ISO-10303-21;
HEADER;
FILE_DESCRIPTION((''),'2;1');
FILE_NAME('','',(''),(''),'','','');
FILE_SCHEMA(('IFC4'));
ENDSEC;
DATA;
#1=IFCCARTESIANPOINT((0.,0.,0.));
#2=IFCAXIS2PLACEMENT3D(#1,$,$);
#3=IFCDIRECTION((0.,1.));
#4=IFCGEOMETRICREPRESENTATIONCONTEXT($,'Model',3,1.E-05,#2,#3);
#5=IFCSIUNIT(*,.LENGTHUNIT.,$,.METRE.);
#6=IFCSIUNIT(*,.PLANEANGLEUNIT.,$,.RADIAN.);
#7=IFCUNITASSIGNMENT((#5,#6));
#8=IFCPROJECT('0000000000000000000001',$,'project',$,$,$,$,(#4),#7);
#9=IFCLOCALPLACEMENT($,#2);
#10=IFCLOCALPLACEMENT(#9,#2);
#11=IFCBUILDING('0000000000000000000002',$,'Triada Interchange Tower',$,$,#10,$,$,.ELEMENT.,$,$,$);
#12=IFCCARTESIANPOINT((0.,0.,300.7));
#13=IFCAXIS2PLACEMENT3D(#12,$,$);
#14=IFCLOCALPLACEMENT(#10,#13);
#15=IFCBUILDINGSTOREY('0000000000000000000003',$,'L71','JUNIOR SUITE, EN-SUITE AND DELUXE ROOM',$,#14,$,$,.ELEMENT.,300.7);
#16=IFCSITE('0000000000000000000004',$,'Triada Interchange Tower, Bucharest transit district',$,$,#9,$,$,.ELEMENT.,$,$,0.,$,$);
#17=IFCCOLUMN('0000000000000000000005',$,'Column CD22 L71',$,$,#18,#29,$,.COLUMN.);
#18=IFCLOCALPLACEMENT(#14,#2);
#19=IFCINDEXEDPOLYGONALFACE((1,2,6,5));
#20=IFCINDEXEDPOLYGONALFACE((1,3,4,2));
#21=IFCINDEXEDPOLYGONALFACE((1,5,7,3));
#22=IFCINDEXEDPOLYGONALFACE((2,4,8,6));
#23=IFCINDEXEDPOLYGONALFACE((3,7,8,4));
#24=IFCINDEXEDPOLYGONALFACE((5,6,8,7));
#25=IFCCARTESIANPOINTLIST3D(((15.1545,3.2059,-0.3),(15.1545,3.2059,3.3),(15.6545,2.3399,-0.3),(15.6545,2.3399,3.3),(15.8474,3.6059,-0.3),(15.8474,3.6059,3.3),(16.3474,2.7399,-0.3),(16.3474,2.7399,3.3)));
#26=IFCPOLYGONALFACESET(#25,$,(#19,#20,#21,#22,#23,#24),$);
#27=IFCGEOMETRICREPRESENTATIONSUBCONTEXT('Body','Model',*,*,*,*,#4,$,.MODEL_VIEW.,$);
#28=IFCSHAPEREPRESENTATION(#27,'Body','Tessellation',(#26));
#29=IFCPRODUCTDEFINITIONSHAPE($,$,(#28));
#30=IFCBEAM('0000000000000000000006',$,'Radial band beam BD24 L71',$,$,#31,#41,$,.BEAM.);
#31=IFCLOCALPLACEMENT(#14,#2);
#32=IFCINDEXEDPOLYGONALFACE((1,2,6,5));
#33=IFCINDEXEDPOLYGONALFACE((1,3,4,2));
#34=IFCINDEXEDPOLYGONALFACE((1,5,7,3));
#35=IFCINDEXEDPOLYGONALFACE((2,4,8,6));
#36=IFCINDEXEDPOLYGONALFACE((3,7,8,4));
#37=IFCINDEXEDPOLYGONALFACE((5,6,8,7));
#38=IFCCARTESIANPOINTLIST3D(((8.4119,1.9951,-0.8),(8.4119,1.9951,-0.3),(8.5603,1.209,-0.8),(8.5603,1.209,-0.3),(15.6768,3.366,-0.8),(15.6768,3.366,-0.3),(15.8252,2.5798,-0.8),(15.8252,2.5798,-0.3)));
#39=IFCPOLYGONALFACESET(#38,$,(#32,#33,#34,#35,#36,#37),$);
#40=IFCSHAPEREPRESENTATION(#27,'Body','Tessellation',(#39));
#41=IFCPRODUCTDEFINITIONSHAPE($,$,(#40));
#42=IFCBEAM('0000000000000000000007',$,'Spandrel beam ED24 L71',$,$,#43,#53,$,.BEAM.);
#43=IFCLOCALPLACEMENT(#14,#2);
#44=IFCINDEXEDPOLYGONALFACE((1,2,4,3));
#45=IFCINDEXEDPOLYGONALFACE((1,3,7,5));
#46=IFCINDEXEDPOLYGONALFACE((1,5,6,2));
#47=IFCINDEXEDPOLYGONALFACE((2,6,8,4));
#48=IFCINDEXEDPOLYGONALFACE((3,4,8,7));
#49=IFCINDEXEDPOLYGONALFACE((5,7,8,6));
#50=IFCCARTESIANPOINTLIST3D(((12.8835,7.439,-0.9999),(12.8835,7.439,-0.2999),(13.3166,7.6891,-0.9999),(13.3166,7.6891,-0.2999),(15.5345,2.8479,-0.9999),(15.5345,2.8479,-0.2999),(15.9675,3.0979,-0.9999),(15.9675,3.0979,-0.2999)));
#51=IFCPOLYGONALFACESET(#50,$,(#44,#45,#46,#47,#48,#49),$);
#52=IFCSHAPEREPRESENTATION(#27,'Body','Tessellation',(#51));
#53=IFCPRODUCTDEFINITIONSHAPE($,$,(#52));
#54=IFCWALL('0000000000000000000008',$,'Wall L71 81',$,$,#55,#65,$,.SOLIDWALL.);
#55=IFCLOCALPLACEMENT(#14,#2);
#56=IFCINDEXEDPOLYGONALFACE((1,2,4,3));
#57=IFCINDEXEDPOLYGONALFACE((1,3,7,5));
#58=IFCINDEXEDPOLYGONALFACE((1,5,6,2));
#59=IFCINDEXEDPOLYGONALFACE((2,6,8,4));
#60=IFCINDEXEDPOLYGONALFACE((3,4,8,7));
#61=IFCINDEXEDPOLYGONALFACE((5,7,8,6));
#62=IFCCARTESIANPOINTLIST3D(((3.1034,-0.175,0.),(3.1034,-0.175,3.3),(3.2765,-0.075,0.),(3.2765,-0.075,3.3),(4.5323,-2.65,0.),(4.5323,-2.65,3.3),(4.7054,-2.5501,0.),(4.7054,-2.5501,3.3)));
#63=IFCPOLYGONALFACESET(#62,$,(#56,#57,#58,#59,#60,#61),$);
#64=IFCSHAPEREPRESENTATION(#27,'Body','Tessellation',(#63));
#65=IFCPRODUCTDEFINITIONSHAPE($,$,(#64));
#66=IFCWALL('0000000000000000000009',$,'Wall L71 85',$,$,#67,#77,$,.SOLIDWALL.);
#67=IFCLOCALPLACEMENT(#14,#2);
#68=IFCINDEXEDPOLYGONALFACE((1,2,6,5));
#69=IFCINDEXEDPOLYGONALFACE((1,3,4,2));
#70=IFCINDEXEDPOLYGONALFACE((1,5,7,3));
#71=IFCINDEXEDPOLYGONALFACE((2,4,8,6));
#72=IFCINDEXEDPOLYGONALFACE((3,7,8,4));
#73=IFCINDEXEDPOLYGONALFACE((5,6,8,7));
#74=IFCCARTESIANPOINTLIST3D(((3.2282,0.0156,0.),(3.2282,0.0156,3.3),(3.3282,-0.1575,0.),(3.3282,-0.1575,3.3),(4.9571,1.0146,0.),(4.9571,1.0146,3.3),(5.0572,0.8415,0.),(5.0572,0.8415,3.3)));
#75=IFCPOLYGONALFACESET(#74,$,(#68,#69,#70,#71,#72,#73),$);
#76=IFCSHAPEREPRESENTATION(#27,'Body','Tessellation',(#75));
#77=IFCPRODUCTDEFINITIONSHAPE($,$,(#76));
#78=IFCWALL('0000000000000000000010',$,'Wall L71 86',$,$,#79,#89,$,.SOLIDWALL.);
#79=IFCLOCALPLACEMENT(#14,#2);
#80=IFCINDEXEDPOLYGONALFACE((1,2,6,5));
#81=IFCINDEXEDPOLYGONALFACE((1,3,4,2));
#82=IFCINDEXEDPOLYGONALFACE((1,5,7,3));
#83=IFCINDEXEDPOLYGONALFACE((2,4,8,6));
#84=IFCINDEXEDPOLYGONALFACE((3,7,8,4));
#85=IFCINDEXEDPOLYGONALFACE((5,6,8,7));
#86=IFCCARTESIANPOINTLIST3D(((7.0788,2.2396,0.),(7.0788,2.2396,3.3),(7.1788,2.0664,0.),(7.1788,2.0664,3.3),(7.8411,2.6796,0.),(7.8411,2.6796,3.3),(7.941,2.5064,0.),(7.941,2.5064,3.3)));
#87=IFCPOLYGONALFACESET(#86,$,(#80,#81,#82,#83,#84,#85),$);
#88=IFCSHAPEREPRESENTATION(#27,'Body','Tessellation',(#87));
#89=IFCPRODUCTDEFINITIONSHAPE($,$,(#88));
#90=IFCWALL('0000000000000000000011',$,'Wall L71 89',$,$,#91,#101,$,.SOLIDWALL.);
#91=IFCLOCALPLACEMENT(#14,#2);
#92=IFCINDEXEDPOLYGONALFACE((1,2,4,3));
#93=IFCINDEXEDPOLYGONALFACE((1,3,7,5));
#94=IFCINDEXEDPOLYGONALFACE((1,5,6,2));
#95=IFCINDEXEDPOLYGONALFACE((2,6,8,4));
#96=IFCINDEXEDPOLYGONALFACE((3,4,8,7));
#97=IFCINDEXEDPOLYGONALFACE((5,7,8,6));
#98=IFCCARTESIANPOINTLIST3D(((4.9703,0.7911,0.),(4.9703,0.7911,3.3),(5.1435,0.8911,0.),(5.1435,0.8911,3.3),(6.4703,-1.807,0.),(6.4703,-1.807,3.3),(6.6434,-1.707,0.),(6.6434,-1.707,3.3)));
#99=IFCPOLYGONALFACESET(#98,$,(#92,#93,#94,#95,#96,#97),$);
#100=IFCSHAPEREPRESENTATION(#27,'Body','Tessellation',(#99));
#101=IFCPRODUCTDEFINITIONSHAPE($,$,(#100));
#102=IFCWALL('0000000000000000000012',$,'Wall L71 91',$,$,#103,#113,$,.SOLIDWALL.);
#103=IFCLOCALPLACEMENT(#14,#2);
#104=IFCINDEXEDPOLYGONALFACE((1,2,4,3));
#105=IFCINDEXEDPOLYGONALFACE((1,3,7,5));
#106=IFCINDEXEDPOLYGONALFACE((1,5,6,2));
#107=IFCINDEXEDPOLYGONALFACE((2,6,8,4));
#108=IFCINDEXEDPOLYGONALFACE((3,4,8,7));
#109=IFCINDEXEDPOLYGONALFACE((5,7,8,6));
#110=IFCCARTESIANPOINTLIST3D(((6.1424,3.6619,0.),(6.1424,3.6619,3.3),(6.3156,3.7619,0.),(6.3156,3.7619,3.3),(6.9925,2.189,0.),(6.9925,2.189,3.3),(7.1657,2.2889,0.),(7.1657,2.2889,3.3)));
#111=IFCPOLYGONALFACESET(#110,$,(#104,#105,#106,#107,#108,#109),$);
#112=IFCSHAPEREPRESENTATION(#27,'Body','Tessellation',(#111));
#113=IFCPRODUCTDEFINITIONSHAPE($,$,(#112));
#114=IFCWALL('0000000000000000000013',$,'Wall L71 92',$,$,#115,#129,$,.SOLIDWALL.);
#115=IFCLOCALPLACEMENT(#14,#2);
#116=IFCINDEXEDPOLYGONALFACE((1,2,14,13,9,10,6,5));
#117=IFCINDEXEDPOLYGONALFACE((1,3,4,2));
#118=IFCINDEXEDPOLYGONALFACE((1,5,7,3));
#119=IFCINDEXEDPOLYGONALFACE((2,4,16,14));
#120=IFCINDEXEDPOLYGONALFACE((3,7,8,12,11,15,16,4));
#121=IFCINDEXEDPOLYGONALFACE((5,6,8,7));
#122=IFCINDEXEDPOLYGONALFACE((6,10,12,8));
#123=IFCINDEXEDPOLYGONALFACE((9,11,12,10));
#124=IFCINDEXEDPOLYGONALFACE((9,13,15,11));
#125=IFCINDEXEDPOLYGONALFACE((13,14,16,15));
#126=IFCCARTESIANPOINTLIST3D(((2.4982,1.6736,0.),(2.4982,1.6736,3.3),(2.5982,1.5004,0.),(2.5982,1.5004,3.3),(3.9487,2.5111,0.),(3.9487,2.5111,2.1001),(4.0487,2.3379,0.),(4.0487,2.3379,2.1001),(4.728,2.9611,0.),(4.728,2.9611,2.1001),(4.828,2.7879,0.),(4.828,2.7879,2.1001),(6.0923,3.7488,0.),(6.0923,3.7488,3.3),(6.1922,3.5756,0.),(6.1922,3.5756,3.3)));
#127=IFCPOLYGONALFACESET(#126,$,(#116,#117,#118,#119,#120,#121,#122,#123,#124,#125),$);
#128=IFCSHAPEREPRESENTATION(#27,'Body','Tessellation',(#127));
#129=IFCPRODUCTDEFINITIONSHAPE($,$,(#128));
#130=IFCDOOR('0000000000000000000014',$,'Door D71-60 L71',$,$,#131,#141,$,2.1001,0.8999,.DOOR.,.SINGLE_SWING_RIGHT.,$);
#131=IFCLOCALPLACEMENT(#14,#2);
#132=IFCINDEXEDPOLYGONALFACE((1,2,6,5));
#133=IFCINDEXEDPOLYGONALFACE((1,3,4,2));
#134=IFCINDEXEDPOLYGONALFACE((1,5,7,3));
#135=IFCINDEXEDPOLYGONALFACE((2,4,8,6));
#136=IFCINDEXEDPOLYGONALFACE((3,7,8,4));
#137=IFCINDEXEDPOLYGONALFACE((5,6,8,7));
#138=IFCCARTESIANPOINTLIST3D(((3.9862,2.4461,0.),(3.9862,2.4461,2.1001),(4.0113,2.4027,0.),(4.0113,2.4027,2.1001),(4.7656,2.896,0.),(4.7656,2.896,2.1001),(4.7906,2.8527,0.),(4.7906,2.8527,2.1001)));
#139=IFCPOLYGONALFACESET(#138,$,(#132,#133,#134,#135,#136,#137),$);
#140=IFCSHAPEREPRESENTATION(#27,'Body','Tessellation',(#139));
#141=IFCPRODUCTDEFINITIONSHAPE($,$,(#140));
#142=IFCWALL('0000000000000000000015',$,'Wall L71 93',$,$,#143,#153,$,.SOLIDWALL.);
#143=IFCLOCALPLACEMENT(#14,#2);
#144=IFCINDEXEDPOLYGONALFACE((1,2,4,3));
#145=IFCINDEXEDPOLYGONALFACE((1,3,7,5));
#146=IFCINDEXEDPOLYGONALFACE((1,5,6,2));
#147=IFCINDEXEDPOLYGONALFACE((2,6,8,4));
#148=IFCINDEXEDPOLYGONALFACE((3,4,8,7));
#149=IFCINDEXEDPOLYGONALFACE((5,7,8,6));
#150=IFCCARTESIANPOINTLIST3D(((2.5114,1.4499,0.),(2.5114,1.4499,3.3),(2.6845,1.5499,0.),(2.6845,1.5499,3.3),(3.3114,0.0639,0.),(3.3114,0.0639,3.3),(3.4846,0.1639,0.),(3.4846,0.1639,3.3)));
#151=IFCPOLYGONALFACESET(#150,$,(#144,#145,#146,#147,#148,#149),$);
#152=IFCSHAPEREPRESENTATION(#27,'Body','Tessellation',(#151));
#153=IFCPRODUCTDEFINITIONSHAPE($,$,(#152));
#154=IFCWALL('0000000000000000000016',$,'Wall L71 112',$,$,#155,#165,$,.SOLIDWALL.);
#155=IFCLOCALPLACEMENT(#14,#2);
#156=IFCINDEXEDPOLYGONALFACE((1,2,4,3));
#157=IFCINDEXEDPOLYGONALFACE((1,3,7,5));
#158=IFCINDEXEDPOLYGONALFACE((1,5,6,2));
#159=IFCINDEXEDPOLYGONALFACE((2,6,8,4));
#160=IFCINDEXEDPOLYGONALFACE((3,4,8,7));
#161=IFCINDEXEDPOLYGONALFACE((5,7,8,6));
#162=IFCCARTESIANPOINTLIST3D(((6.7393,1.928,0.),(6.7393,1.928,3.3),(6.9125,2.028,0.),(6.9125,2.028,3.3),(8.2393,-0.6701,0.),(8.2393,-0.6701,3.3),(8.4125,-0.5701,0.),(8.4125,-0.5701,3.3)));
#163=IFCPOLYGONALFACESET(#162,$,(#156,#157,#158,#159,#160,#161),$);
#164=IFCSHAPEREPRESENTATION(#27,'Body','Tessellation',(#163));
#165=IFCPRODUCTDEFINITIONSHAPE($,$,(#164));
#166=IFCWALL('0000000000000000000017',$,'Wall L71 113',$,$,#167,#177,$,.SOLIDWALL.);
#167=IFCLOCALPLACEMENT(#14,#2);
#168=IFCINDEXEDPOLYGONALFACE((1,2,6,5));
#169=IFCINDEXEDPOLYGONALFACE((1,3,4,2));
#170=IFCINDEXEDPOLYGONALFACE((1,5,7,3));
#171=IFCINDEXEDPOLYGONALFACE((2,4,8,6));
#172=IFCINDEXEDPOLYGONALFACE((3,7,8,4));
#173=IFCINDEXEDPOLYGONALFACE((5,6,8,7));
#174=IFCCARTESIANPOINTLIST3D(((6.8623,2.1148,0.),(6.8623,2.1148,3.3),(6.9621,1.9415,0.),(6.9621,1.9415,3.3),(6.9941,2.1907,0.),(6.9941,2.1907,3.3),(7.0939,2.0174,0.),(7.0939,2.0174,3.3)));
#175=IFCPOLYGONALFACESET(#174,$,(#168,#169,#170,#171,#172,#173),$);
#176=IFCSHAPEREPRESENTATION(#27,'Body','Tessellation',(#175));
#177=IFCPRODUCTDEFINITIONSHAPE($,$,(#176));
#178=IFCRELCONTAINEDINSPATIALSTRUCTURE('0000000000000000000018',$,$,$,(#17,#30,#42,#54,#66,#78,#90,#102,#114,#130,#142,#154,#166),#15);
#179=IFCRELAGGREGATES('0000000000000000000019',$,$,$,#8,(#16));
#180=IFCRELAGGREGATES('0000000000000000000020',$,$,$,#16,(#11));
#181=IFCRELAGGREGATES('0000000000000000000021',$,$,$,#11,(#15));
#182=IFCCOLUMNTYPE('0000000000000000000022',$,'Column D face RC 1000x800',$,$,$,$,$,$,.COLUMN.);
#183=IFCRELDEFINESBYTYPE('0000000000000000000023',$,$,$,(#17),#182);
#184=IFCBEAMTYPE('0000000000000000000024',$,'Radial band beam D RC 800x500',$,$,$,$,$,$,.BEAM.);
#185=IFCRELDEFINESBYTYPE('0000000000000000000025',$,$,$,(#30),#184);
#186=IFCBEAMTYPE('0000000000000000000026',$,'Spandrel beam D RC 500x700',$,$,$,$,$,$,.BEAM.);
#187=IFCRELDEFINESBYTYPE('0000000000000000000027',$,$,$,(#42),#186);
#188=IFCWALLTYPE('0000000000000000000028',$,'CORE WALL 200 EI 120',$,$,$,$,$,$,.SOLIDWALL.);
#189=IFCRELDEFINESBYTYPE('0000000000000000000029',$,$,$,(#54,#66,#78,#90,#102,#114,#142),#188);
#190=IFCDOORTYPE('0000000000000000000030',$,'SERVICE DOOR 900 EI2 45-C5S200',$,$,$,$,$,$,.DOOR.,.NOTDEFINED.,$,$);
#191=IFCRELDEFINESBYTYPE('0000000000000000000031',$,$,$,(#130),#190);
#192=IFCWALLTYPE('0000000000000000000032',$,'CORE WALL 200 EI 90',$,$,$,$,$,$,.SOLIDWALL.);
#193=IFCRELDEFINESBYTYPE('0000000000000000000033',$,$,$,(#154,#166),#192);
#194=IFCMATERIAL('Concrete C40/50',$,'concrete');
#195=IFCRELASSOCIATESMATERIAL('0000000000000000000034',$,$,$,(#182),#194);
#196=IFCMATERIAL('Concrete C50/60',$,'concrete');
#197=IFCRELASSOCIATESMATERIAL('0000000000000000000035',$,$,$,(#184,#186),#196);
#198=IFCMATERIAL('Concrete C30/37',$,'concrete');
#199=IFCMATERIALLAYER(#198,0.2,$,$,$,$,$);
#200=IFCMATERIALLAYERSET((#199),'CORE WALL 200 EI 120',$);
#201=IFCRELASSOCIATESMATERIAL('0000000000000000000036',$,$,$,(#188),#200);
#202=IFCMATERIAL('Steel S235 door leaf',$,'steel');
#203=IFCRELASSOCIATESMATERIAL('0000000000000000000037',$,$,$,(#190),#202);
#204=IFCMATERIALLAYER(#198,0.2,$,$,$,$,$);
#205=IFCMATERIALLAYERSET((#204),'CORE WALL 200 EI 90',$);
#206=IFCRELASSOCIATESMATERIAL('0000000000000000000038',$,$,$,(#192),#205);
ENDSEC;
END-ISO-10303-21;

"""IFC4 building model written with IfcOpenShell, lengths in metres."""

from ifc_helpers import new_model, si_unit, direction, frame, frame_2d, origin, origin_2d, place, context, subcontext, project, spatial, rectangle, extrude, material, layer, layer_set, material_profile, profile_set, type_object, element, fill, save


model = new_model("IFC4")

# Units and contexts
model_context = context("Model", 3, precision=1e-05, world=origin(), true_north=direction((0.0, 1.0)))
body_context = subcontext(model_context, "Body", "Model", "MODEL_VIEW")
ifc_project = project(units=[si_unit("LENGTHUNIT", "METRE"), si_unit("PLANEANGLEUNIT", "RADIAN")], contexts=[model_context])

# Site, building, storey
site_placement = place(None, origin())
site = spatial("IfcSite", under=ifc_project, at=site_placement, Name="Triada Interchange Tower, Bucharest transit district", CompositionType="ELEMENT", RefElevation=0.0)
building_placement = place(site_placement, origin())
building = spatial("IfcBuilding", under=site, at=building_placement, Name="Triada Interchange Tower", CompositionType="ELEMENT")
storey_placement = place(building_placement, frame((0.0, 0.0, 300.7)))
storey = spatial("IfcBuildingStorey", under=building, at=storey_placement, Name="L71", Description="JUNIOR SUITE, EN-SUITE AND DELUXE ROOM", CompositionType="ELEMENT", Elevation=300.7)

# Column
ifc_material_1 = material(Name="Concrete C40/50", Category="concrete")
ifc_material_profile_1 = material_profile(ifc_material_1, rectangle(XDim=1.0, YDim=0.8, at=origin_2d()), Name="RC 1000x800")
ifc_profile_set_1 = profile_set([ifc_material_profile_1], Name="Concrete C40/50")
column_type = type_object("IfcColumnType", Name="Column D face RC 1000x800", PredefinedType="COLUMN", material=ifc_profile_set_1)
column_placement = place(storey_placement, frame((15.751, 2.9729, -0.3), z_axis=(0.0, 0.0, 1.0), x_axis=(-0.5, 0.866025, 0.0)))
element("IfcColumn", 1, at=column_placement, inside=storey, type_object=column_type, Name="Column CD22 L71", PredefinedType="COLUMN", context=body_context, shape_type="SweptSolid", body=[
    extrude(rectangle(XDim=1.0, YDim=0.8, at=origin_2d()), origin(), (0.0, 0.0, 1.0), 3.6001),
])

# Beams
ifc_material_2 = material(Name="Concrete C50/60", Category="concrete")
ifc_material_profile_2 = material_profile(ifc_material_2, rectangle(XDim=0.8, YDim=0.5, at=origin_2d()), Name="RC 800x500")
ifc_profile_set_2 = profile_set([ifc_material_profile_2], Name="Concrete C50/60")
beam_type_1 = type_object("IfcBeamType", Name="Radial band beam D RC 800x500", PredefinedType="BEAM", material=ifc_profile_set_2)
beam_1_placement = place(storey_placement, frame((15.751, 2.9729, -0.55), z_axis=(-0.982659, -0.185423, 0.0), x_axis=(0.185423, -0.982659, 0.0)))
element("IfcBeam", 2, at=beam_1_placement, inside=storey, type_object=beam_type_1, Name="Radial band beam BD24 L71", PredefinedType="BEAM", context=body_context, shape_type="SweptSolid", body=[
    extrude(rectangle(XDim=0.8, YDim=0.5, at=origin_2d()), origin(), (0.0, 0.0, 1.0), 7.3931),
])
ifc_material_profile_3 = material_profile(ifc_material_2, rectangle(XDim=0.5, YDim=0.7, at=origin_2d()), Name="RC 500x700")
ifc_profile_set_3 = profile_set([ifc_material_profile_3], Name="Concrete C50/60")
beam_type_2 = type_object("IfcBeamType", Name="Spandrel beam D RC 500x700", PredefinedType="BEAM", material=ifc_profile_set_3)
beam_2_placement = place(storey_placement, frame((15.751, 2.9729, -0.6499), z_axis=(-0.500032, 0.866007, 0.0), x_axis=(-0.866007, -0.500032, 0.0)))
element("IfcBeam", 3, at=beam_2_placement, inside=storey, type_object=beam_type_2, Name="Spandrel beam ED24 L71", PredefinedType="BEAM", context=body_context, shape_type="SweptSolid", body=[
    extrude(rectangle(XDim=0.5, YDim=0.7, at=origin_2d()), origin(), (0.0, 0.0, 1.0), 5.3015),
])

# Walls
ifc_material_3 = material(Name="Concrete C30/37", Category="concrete")
ifc_layer_1 = layer(ifc_material_3, 0.2)
ifc_layer_set_1 = layer_set([ifc_layer_1], Name="CORE WALL 200 EI 120")
wall_type_1 = type_object("IfcWallType", Name="CORE WALL 200 EI 120", PredefinedType="SOLIDWALL", material=ifc_layer_set_1)
wall_1_placement = place(storey_placement, frame((3.1899, -0.125, 0.0), z_axis=(0.0, 0.0, 1.0), x_axis=(0.499989, -0.866032, 0.0)))
element("IfcWall", 4, at=wall_1_placement, inside=storey, type_object=wall_type_1, Name="Wall L71 81", PredefinedType="SOLIDWALL", context=body_context, shape_type="SweptSolid", body=[
    extrude(rectangle(XDim=2.8579, YDim=0.2, at=frame_2d((1.429, 0.0))), origin(), (0.0, 0.0, 1.0), 3.3),
])
wall_2_placement = place(storey_placement, frame((3.2781, -0.071, 0.0), z_axis=(0.0, 0.0, 1.0), x_axis=(0.865856, 0.500294, 0.0)))
element("IfcWall", 5, at=wall_2_placement, inside=storey, type_object=wall_type_1, Name="Wall L71 85", PredefinedType="SOLIDWALL", context=body_context, shape_type="SweptSolid", body=[
    extrude(rectangle(XDim=1.9968, YDim=0.2, at=frame_2d((0.9985, 0.0))), origin(), (0.0, 0.0, 1.0), 3.3),
])
wall_3_placement = place(storey_placement, frame((7.1289, 2.1531, 0.0), z_axis=(0.0, 0.0, 1.0), x_axis=(0.866084, 0.499899, 0.0)))
element("IfcWall", 6, at=wall_3_placement, inside=storey, type_object=wall_type_1, Name="Wall L71 86", PredefinedType="SOLIDWALL", context=body_context, shape_type="SweptSolid", body=[
    extrude(rectangle(XDim=0.8801, YDim=0.2, at=frame_2d((0.4399, 0.0))), origin(), (0.0, 0.0, 1.0), 3.3),
])
wall_4_placement = place(storey_placement, frame((5.0569, 0.8411, 0.0), z_axis=(0.0, 0.0, 1.0), x_axis=(0.49999, -0.866031, 0.0)))
element("IfcWall", 7, at=wall_4_placement, inside=storey, type_object=wall_type_1, Name="Wall L71 89", PredefinedType="SOLIDWALL", context=body_context, shape_type="SweptSolid", body=[
    extrude(rectangle(XDim=3.0, YDim=0.2, at=frame_2d((1.5, 0.0))), origin(), (0.0, 0.0, 1.0), 3.3),
])
wall_5_placement = place(storey_placement, frame((6.229, 3.7119, 0.0), z_axis=(0.0, 0.0, 1.0), x_axis=(0.499876, -0.866097, 0.0)))
element("IfcWall", 8, at=wall_5_placement, inside=storey, type_object=wall_type_1, Name="Wall L71 91", PredefinedType="SOLIDWALL", context=body_context, shape_type="SweptSolid", body=[
    extrude(rectangle(XDim=1.7007, YDim=0.2, at=frame_2d((0.8503, 0.0))), origin(), (0.0, 0.0, 1.0), 3.3),
])

# Wall, opening, door
wall_6_placement = place(storey_placement, frame((2.5481, 1.5869, 0.0), z_axis=(0.0, 0.0, 1.0), x_axis=(0.866004, 0.500036, 0.0)))
wall_6 = element("IfcWall", 9, at=wall_6_placement, inside=storey, type_object=wall_type_1, Name="Wall L71 92", PredefinedType="SOLIDWALL", context=body_context, shape_type="SweptSolid", body=[
    extrude(rectangle(XDim=4.1501, YDim=0.2, at=frame_2d((2.0752, 0.0))), origin(), (0.0, 0.0, 1.0), 3.3),
])
opening_placement = place(wall_6_placement, frame((1.675, 0.0, 0.0)))
opening = element("IfcOpeningElement", 10, at=opening_placement, cuts=wall_6, PredefinedType="OPENING", context=body_context, shape_type="SweptSolid", body=[
    extrude(rectangle(XDim=0.8999, YDim=2.1001, at=frame_2d((0.45, 1.05))), frame((0.0, 0.1099, 0.0), z_axis=(0.0, -1.0, 0.0), x_axis=(1.0, 0.0, 0.0)), (0.0, 0.0, 1.0), 0.22),
])
ifc_material_4 = material(Name="Steel S235 door leaf", Category="steel")
door_type = type_object("IfcDoorType", Name="SERVICE DOOR 900 EI2 45-C5S200", OperationType="NOTDEFINED", PredefinedType="DOOR", material=ifc_material_4)
door_placement = place(opening_placement, origin())
door = element("IfcDoor", 11, at=door_placement, inside=storey, type_object=door_type, Name="Door D71-60 L71", OperationType="SINGLE_SWING_RIGHT", OverallHeight=2.1001, OverallWidth=0.8999, PredefinedType="DOOR", context=body_context, shape_type="SweptSolid", body=[
    extrude(rectangle(XDim=0.8999, YDim=2.1001, at=frame_2d((0.45, 1.05))), frame((0.0, 0.0249, 0.0), z_axis=(0.0, -1.0, 0.0), x_axis=(1.0, 0.0, 0.0)), (0.0, 0.0, 1.0), 0.05),
])
fill(opening, door)

# Walls
wall_7_placement = place(storey_placement, frame((2.5979, 1.5, 0.0), z_axis=(0.0, 0.0, 1.0), x_axis=(0.499929, -0.866066, 0.0)))
element("IfcWall", 12, at=wall_7_placement, inside=storey, type_object=wall_type_1, Name="Wall L71 93", PredefinedType="SOLIDWALL", context=body_context, shape_type="SweptSolid", body=[
    extrude(rectangle(XDim=1.6003, YDim=0.2, at=frame_2d((0.8003, 0.0))), origin(), (0.0, 0.0, 1.0), 3.3),
])
ifc_layer_2 = layer(ifc_material_3, 0.2)
ifc_layer_set_2 = layer_set([ifc_layer_2], Name="CORE WALL 200 EI 90")
wall_type_2 = type_object("IfcWallType", Name="CORE WALL 200 EI 90", PredefinedType="SOLIDWALL", material=ifc_layer_set_2)
wall_8_placement = place(storey_placement, frame((6.8259, 1.978, 0.0), z_axis=(0.0, 0.0, 1.0), x_axis=(0.49999, -0.866031, 0.0)))
element("IfcWall", 13, at=wall_8_placement, inside=storey, type_object=wall_type_2, Name="Wall L71 112", PredefinedType="SOLIDWALL", context=body_context, shape_type="SweptSolid", body=[
    extrude(rectangle(XDim=3.0, YDim=0.2, at=frame_2d((1.5, 0.0))), origin(), (0.0, 0.0, 1.0), 3.3),
])
wall_9_placement = place(storey_placement, frame((6.9121, 2.0281, 0.0), z_axis=(0.0, 0.0, 1.0), x_axis=(0.866559, 0.499074, 0.0)))
element("IfcWall", 14, at=wall_9_placement, inside=storey, type_object=wall_type_2, Name="Wall L71 113", PredefinedType="SOLIDWALL", context=body_context, shape_type="SweptSolid", body=[
    extrude(rectangle(XDim=0.1521, YDim=0.2, at=frame_2d((0.0762, 0.0))), origin(), (0.0, 0.0, 1.0), 3.3),
])

save(model, "model.ifc")
